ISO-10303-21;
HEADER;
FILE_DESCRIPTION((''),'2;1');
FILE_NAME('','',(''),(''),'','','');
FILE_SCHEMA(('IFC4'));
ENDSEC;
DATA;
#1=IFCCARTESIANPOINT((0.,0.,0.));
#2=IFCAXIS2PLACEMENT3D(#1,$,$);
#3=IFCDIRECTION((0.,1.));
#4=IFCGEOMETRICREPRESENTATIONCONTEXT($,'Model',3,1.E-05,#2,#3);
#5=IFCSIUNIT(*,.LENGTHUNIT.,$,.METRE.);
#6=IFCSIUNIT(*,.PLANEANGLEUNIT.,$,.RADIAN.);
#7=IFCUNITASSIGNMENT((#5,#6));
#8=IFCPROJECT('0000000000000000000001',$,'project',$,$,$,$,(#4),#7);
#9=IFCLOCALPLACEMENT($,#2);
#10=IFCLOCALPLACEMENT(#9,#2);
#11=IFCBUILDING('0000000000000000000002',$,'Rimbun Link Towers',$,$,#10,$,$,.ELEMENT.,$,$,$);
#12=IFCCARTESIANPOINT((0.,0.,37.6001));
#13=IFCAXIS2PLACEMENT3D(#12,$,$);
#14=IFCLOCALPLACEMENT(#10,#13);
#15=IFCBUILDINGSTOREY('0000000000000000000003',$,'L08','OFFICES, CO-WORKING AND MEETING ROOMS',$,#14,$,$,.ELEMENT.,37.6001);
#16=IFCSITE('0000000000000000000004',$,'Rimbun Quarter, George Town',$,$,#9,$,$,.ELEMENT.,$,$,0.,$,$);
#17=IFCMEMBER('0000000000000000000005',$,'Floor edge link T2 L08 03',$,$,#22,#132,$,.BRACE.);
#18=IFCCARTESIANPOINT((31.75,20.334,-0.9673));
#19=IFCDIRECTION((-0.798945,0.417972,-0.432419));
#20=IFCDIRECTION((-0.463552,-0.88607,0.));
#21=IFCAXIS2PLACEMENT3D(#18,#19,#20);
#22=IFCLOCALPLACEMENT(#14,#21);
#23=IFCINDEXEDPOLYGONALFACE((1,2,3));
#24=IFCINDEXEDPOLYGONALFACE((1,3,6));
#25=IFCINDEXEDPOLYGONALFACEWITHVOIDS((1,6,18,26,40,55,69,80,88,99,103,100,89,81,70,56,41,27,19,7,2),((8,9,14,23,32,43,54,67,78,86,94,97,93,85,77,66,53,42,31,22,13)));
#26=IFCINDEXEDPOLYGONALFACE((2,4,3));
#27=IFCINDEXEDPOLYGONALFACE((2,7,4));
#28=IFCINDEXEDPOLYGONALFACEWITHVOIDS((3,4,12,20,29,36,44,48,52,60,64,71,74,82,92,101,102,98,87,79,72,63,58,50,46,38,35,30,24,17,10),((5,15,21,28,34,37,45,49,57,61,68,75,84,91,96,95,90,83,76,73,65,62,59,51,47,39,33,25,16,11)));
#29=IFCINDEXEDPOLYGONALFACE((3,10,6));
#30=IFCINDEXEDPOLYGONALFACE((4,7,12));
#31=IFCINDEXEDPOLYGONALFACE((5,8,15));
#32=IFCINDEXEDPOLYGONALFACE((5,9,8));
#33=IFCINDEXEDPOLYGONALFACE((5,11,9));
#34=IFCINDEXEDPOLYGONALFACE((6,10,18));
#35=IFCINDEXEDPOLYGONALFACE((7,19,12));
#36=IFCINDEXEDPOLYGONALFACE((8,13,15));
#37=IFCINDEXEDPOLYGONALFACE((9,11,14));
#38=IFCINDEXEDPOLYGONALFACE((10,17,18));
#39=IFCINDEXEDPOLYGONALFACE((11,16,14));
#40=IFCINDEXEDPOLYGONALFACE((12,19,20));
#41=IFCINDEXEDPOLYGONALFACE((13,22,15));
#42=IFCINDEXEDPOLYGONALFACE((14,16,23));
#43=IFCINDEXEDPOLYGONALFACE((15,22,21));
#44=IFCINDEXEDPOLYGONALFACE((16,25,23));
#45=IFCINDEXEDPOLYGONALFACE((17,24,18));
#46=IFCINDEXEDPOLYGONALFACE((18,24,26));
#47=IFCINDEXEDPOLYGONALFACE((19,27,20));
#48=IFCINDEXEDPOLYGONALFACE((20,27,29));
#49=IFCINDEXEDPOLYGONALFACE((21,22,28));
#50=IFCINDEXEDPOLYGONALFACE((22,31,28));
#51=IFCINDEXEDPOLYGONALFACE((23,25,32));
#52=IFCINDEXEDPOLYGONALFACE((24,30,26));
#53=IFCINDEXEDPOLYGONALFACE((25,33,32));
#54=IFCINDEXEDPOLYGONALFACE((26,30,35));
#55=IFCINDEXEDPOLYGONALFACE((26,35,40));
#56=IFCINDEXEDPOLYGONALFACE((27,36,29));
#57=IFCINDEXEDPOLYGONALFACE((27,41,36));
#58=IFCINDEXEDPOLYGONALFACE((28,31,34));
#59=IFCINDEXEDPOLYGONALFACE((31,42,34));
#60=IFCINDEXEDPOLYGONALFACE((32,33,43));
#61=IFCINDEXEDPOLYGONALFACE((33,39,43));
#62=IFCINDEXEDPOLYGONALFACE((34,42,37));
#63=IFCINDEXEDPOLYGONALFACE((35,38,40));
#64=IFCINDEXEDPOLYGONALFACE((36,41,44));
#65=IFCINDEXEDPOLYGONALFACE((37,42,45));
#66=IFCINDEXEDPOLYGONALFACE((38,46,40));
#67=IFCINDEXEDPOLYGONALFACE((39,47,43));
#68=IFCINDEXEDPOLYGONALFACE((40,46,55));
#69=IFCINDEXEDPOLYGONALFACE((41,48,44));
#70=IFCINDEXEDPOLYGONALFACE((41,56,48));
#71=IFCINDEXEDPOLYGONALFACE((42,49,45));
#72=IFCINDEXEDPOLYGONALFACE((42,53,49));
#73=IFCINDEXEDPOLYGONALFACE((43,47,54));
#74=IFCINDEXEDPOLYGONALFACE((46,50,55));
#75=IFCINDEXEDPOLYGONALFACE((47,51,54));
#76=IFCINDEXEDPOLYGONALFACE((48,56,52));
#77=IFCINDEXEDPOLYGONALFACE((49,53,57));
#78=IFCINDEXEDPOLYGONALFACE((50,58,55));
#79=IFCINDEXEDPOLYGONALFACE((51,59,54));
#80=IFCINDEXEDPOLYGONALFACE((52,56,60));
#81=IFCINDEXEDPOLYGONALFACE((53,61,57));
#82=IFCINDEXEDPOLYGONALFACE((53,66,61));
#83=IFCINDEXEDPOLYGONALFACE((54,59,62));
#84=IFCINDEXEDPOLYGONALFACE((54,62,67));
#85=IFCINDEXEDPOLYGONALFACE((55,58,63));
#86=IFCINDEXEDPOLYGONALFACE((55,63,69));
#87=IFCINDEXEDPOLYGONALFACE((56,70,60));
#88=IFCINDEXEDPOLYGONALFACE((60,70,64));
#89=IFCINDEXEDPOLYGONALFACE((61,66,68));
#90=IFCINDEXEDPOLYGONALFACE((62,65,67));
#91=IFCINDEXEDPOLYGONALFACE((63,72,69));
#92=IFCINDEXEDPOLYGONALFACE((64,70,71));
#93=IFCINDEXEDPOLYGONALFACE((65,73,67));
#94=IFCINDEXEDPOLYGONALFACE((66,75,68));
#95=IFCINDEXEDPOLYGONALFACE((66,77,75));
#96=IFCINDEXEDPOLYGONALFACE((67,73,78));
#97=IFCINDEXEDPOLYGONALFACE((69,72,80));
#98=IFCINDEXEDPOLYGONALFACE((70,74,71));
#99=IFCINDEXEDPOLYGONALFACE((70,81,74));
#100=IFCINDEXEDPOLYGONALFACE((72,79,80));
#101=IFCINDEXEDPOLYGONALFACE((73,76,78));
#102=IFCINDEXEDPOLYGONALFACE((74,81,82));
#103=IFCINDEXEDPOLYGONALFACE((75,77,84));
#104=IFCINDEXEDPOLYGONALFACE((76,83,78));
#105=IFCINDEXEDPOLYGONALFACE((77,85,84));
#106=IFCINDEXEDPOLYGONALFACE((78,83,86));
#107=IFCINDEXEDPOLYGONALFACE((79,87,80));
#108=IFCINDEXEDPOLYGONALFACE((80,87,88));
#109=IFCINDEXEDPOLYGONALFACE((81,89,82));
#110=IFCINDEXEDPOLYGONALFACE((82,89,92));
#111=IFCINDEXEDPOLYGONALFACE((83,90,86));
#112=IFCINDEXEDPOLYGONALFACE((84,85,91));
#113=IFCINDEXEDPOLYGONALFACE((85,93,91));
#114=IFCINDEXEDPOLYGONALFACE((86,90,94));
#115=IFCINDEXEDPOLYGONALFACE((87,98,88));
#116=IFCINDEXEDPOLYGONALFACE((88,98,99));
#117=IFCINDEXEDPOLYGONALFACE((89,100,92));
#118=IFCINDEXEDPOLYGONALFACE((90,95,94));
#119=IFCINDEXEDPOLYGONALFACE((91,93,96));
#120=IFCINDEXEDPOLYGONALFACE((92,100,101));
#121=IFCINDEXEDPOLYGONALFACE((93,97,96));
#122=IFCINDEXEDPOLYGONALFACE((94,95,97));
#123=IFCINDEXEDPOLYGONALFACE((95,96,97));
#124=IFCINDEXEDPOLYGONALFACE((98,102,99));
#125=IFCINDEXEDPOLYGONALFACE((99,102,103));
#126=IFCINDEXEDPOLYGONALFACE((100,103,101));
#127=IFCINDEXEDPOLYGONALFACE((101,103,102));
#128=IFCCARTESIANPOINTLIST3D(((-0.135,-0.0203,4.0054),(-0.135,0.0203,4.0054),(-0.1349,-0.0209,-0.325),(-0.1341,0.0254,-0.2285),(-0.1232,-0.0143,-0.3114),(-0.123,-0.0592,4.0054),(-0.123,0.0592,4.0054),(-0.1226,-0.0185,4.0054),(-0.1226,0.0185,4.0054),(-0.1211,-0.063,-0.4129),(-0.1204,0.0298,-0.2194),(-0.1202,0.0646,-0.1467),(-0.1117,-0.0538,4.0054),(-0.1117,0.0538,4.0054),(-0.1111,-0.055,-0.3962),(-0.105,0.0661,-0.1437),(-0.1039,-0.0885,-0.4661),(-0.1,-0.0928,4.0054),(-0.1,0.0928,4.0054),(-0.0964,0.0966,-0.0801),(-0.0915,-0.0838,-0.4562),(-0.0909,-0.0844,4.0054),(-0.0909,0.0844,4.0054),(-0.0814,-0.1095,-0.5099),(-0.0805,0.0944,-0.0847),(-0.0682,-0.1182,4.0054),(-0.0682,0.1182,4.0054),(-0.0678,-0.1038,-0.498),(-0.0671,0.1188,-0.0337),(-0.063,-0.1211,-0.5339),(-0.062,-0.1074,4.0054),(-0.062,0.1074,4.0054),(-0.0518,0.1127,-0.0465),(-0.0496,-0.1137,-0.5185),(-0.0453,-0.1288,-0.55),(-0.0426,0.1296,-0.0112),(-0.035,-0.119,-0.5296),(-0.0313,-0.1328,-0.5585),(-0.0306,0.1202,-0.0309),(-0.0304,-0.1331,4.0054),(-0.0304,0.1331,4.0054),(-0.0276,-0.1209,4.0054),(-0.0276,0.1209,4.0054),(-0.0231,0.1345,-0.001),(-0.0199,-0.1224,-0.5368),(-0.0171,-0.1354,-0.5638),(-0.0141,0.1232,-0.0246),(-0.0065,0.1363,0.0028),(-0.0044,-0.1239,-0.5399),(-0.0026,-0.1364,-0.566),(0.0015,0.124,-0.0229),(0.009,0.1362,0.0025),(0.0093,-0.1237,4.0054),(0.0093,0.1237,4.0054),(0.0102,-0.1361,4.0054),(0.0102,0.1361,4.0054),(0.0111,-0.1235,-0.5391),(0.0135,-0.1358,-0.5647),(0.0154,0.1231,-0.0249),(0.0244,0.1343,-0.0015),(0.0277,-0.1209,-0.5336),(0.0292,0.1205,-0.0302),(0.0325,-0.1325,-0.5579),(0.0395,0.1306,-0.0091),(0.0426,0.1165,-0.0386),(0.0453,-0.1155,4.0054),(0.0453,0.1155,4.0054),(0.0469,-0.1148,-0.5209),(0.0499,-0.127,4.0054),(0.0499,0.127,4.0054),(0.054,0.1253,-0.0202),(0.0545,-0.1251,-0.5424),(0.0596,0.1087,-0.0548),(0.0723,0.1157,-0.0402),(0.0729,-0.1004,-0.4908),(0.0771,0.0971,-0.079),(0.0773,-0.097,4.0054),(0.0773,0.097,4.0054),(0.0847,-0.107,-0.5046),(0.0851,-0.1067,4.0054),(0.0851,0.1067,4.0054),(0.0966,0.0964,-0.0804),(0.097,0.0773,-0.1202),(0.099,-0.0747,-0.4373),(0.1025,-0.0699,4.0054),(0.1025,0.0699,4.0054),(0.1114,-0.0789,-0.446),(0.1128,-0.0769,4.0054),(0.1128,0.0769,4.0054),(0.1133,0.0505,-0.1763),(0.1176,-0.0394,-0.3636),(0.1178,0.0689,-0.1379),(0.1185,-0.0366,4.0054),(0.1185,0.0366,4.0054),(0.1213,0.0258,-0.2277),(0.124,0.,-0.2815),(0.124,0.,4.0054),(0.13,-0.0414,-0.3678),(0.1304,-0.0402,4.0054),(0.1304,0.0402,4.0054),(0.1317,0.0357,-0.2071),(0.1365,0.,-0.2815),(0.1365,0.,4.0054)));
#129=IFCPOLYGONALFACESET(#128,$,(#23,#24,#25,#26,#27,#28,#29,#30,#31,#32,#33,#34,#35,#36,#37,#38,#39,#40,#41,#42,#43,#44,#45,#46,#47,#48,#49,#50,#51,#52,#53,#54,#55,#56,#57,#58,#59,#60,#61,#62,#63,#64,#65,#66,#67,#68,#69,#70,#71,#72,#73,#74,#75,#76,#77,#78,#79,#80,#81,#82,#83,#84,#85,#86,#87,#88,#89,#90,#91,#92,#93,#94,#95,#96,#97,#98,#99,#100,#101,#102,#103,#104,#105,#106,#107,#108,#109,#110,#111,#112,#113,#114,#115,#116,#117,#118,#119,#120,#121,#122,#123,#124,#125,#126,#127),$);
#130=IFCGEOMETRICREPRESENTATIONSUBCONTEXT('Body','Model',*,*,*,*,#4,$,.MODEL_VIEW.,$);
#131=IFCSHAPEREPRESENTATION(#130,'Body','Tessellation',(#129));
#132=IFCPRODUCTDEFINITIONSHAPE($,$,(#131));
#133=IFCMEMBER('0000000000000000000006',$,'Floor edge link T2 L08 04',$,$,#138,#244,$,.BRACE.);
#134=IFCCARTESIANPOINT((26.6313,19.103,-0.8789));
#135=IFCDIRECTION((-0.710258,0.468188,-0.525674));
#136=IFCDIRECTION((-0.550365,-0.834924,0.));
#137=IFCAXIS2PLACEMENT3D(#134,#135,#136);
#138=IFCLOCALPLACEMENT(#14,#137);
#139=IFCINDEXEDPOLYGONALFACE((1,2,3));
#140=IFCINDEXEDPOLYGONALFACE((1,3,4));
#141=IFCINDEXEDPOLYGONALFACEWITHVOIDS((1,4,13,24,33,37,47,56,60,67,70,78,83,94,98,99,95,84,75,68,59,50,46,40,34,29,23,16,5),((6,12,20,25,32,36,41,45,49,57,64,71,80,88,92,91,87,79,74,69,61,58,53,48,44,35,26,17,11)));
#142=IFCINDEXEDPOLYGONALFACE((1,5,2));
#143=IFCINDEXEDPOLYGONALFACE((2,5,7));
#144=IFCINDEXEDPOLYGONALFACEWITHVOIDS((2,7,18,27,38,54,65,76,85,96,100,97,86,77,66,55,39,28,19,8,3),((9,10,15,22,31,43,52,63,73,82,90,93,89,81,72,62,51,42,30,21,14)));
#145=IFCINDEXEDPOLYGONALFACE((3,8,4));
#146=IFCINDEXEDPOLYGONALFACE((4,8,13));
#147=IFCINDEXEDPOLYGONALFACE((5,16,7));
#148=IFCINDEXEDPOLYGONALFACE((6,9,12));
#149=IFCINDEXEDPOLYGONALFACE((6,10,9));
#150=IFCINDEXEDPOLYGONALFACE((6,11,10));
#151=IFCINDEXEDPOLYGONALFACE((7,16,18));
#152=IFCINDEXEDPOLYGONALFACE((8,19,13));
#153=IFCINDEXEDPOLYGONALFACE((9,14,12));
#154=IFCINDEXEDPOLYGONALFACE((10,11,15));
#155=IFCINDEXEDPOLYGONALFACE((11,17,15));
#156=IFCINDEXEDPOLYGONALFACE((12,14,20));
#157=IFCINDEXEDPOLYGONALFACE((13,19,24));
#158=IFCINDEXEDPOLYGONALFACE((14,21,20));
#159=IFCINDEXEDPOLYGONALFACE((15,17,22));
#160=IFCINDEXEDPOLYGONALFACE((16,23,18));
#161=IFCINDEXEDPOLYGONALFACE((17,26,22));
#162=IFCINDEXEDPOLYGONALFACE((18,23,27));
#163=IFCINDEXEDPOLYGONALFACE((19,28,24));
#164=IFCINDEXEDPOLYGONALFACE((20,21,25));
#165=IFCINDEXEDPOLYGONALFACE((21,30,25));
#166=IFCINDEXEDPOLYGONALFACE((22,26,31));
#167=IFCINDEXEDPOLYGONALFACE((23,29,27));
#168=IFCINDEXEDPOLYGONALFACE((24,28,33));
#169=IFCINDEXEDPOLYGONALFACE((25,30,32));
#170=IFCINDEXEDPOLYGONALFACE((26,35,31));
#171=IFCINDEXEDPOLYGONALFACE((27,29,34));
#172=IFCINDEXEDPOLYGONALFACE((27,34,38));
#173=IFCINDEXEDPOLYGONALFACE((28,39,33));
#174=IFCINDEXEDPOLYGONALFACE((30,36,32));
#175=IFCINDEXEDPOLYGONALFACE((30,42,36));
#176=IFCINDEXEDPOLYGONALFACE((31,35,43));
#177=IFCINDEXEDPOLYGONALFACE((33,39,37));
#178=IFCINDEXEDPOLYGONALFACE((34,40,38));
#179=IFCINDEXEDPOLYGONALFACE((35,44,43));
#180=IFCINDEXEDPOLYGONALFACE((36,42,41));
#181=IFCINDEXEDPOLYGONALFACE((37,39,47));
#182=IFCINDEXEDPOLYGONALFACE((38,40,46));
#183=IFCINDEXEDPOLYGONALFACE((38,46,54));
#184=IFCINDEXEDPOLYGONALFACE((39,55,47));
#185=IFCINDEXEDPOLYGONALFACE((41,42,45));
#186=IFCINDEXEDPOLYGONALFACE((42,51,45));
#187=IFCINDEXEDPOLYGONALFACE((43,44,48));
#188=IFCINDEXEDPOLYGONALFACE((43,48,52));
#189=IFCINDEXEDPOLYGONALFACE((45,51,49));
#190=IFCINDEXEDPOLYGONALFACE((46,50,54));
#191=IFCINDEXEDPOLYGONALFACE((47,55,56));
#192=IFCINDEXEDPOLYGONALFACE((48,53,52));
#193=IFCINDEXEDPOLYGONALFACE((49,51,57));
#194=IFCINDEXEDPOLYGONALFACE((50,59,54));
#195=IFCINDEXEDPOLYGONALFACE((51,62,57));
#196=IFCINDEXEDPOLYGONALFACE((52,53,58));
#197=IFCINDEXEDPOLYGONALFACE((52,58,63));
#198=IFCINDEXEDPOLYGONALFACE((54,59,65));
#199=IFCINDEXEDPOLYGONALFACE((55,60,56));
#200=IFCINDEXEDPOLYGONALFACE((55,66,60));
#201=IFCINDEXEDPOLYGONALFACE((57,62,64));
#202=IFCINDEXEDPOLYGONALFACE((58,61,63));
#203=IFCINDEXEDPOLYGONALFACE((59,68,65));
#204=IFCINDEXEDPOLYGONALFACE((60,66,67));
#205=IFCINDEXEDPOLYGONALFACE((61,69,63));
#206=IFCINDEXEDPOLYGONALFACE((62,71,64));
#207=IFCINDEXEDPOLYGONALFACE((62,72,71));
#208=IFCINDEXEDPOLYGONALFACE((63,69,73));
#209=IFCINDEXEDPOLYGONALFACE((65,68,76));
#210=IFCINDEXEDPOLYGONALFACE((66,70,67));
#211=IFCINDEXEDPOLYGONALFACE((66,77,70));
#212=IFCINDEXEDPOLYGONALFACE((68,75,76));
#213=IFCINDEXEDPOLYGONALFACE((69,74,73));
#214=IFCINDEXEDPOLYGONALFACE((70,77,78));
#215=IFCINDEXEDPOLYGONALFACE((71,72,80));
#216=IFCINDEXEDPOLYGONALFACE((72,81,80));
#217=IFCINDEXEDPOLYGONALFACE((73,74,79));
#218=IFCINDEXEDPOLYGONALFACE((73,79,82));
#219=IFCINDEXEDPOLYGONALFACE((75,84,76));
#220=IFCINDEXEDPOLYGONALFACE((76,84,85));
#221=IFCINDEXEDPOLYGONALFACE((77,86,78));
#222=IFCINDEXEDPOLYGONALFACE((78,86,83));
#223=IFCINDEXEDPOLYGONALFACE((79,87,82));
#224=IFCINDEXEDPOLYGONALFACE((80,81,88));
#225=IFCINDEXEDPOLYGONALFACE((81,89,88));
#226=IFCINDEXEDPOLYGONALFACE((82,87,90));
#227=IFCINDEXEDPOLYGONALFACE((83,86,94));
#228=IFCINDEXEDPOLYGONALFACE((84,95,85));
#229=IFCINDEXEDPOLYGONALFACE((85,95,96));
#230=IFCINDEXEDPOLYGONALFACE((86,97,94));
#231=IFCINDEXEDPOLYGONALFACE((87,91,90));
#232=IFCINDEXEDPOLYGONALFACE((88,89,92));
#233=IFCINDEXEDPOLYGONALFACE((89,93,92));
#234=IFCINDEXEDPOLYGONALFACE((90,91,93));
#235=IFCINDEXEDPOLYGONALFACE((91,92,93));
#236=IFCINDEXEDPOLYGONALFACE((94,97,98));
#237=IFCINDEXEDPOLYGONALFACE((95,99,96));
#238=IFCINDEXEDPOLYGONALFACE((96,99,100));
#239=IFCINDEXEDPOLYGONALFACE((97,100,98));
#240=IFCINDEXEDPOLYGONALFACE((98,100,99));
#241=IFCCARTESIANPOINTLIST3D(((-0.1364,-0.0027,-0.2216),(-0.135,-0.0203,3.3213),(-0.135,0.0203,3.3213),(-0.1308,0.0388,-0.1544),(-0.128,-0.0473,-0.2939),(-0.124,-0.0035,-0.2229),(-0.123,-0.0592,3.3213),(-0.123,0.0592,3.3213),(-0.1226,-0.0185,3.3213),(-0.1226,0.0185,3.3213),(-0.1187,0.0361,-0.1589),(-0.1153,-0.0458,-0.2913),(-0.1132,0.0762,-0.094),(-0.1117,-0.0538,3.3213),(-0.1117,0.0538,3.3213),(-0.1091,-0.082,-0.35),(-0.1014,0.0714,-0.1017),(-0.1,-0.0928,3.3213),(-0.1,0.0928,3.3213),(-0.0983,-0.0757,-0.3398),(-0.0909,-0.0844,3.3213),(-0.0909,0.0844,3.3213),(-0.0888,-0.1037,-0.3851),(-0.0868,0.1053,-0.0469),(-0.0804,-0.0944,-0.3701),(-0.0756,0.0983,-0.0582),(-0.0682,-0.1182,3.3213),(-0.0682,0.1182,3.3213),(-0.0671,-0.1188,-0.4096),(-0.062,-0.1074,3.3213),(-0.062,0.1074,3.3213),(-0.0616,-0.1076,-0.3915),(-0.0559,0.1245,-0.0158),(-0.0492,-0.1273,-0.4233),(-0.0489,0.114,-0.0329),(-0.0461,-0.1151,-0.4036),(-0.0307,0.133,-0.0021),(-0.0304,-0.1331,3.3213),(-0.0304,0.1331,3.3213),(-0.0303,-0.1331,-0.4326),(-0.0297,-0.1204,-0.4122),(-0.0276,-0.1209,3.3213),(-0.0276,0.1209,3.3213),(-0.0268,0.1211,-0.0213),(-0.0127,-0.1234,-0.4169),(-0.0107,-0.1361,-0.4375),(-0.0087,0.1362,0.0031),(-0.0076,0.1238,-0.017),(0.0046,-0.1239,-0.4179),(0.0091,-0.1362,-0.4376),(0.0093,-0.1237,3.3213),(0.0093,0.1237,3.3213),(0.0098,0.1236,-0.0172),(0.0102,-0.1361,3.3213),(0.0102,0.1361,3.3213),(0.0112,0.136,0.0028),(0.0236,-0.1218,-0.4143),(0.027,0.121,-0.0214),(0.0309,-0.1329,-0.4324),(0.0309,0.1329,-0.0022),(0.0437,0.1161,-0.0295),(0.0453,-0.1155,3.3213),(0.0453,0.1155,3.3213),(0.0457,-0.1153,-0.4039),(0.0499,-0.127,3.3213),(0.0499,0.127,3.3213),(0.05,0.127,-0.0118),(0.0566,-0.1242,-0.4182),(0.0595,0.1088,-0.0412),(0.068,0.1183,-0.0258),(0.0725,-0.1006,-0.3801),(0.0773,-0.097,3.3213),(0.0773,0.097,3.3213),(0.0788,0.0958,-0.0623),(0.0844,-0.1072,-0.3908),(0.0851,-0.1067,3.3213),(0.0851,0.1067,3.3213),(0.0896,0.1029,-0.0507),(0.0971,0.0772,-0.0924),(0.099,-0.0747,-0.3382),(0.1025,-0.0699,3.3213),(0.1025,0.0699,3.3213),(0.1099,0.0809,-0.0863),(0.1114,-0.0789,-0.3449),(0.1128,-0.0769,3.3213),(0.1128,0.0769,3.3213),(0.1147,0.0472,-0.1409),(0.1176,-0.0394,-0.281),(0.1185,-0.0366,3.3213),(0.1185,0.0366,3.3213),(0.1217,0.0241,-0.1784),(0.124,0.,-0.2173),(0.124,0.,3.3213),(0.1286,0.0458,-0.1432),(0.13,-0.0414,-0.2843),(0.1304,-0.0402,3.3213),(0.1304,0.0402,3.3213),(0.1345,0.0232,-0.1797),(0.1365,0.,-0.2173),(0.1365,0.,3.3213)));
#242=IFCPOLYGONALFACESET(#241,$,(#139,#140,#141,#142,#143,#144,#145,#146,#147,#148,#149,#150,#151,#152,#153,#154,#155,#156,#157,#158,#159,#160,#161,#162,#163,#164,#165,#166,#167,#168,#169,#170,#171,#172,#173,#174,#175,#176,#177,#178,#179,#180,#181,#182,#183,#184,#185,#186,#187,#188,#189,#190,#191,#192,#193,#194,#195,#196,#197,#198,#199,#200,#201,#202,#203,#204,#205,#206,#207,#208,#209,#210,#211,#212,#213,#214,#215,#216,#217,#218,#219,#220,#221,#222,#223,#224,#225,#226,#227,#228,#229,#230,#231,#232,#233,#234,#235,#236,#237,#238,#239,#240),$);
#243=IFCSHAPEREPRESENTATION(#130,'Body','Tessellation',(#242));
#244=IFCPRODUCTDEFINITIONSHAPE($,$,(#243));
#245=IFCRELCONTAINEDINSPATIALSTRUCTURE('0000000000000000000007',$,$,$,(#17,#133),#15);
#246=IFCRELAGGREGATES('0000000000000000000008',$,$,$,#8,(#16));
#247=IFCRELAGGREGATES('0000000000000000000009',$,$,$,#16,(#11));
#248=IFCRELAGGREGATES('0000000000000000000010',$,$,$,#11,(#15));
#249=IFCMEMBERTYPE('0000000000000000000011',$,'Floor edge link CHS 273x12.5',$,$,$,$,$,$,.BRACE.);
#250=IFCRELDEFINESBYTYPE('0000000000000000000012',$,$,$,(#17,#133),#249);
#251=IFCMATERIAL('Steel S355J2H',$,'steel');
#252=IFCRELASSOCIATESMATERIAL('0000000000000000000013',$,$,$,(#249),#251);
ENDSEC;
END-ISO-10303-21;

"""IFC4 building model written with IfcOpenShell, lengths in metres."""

from ifc_helpers import new_model, si_unit, direction, frame, origin, origin_2d, place, context, subcontext, project, spatial, hollow_circle, extrude, clip, halfspace, material, material_profile, profile_set, type_object, element, save


model = new_model("IFC4")

# Units and contexts
model_context = context("Model", 3, precision=1e-05, world=origin(), true_north=direction((0.0, 1.0)))
body_context = subcontext(model_context, "Body", "Model", "MODEL_VIEW")
ifc_project = project(units=[si_unit("LENGTHUNIT", "METRE"), si_unit("PLANEANGLEUNIT", "RADIAN")], contexts=[model_context])

# Site, building, storey
site_placement = place(None, origin())
site = spatial("IfcSite", under=ifc_project, at=site_placement, Name="Rimbun Quarter, George Town", CompositionType="ELEMENT", RefElevation=0.0)
building_placement = place(site_placement, origin())
building = spatial("IfcBuilding", under=site, at=building_placement, Name="Rimbun Link Towers", CompositionType="ELEMENT")
storey_placement = place(building_placement, frame((0.0, 0.0, 37.6001)))
storey = spatial("IfcBuildingStorey", under=building, at=storey_placement, Name="L08", Description="OFFICES, CO-WORKING AND MEETING ROOMS", CompositionType="ELEMENT", Elevation=37.6001)

# Members
ifc_material_1 = material(Name="Steel S355J2H", Category="steel")
ifc_material_profile_1 = material_profile(ifc_material_1, hollow_circle(Radius=0.1365, WallThickness=0.0125, at=origin_2d()), Name="CHS 273x12.5")
ifc_profile_set_1 = profile_set([ifc_material_profile_1], Name="Steel S355J2H")
member_type_1 = type_object("IfcMemberType", Name="Floor edge link CHS 273x12.5", PredefinedType="BRACE", material=ifc_profile_set_1)
member_1_placement = place(storey_placement, frame((31.75, 20.334, -0.9673), z_axis=(-0.798945, 0.417972, -0.432419), x_axis=(-0.463552, -0.88607, 0.0)))
element("IfcMember", 1, at=member_1_placement, inside=storey, type_object=member_type_1, Name="Floor edge link T2 L08 03", PredefinedType="BRACE", context=body_context, shape_type="Clipping", body=[
    clip(extrude(hollow_circle(Radius=0.1365, WallThickness=0.0125, at=origin_2d()), frame((0.0, 0.0, -0.5923)), (0.0, 0.0, 1.0), 4.5977), halfspace(frame((0.0, 0.0, -0.2815), z_axis=(0.0, 0.901673, -0.432419)), False)),
])
member_2_placement = place(storey_placement, frame((26.6313, 19.103, -0.8789), z_axis=(-0.710258, 0.468188, -0.525674), x_axis=(-0.550365, -0.834924, 0.0)))
element("IfcMember", 2, at=member_2_placement, inside=storey, type_object=member_type_1, Name="Floor edge link T2 L08 04", PredefinedType="BRACE", context=body_context, shape_type="Clipping", body=[
    clip(extrude(hollow_circle(Radius=0.1365, WallThickness=0.0125, at=origin_2d()), frame((0.0, 0.0, -0.4607)), (0.0, 0.0, 1.0), 3.782), halfspace(frame((0.0, 0.0, -0.2173), z_axis=(0.0, 0.850686, -0.525674)), False)),
])

save(model, "model.ifc")
